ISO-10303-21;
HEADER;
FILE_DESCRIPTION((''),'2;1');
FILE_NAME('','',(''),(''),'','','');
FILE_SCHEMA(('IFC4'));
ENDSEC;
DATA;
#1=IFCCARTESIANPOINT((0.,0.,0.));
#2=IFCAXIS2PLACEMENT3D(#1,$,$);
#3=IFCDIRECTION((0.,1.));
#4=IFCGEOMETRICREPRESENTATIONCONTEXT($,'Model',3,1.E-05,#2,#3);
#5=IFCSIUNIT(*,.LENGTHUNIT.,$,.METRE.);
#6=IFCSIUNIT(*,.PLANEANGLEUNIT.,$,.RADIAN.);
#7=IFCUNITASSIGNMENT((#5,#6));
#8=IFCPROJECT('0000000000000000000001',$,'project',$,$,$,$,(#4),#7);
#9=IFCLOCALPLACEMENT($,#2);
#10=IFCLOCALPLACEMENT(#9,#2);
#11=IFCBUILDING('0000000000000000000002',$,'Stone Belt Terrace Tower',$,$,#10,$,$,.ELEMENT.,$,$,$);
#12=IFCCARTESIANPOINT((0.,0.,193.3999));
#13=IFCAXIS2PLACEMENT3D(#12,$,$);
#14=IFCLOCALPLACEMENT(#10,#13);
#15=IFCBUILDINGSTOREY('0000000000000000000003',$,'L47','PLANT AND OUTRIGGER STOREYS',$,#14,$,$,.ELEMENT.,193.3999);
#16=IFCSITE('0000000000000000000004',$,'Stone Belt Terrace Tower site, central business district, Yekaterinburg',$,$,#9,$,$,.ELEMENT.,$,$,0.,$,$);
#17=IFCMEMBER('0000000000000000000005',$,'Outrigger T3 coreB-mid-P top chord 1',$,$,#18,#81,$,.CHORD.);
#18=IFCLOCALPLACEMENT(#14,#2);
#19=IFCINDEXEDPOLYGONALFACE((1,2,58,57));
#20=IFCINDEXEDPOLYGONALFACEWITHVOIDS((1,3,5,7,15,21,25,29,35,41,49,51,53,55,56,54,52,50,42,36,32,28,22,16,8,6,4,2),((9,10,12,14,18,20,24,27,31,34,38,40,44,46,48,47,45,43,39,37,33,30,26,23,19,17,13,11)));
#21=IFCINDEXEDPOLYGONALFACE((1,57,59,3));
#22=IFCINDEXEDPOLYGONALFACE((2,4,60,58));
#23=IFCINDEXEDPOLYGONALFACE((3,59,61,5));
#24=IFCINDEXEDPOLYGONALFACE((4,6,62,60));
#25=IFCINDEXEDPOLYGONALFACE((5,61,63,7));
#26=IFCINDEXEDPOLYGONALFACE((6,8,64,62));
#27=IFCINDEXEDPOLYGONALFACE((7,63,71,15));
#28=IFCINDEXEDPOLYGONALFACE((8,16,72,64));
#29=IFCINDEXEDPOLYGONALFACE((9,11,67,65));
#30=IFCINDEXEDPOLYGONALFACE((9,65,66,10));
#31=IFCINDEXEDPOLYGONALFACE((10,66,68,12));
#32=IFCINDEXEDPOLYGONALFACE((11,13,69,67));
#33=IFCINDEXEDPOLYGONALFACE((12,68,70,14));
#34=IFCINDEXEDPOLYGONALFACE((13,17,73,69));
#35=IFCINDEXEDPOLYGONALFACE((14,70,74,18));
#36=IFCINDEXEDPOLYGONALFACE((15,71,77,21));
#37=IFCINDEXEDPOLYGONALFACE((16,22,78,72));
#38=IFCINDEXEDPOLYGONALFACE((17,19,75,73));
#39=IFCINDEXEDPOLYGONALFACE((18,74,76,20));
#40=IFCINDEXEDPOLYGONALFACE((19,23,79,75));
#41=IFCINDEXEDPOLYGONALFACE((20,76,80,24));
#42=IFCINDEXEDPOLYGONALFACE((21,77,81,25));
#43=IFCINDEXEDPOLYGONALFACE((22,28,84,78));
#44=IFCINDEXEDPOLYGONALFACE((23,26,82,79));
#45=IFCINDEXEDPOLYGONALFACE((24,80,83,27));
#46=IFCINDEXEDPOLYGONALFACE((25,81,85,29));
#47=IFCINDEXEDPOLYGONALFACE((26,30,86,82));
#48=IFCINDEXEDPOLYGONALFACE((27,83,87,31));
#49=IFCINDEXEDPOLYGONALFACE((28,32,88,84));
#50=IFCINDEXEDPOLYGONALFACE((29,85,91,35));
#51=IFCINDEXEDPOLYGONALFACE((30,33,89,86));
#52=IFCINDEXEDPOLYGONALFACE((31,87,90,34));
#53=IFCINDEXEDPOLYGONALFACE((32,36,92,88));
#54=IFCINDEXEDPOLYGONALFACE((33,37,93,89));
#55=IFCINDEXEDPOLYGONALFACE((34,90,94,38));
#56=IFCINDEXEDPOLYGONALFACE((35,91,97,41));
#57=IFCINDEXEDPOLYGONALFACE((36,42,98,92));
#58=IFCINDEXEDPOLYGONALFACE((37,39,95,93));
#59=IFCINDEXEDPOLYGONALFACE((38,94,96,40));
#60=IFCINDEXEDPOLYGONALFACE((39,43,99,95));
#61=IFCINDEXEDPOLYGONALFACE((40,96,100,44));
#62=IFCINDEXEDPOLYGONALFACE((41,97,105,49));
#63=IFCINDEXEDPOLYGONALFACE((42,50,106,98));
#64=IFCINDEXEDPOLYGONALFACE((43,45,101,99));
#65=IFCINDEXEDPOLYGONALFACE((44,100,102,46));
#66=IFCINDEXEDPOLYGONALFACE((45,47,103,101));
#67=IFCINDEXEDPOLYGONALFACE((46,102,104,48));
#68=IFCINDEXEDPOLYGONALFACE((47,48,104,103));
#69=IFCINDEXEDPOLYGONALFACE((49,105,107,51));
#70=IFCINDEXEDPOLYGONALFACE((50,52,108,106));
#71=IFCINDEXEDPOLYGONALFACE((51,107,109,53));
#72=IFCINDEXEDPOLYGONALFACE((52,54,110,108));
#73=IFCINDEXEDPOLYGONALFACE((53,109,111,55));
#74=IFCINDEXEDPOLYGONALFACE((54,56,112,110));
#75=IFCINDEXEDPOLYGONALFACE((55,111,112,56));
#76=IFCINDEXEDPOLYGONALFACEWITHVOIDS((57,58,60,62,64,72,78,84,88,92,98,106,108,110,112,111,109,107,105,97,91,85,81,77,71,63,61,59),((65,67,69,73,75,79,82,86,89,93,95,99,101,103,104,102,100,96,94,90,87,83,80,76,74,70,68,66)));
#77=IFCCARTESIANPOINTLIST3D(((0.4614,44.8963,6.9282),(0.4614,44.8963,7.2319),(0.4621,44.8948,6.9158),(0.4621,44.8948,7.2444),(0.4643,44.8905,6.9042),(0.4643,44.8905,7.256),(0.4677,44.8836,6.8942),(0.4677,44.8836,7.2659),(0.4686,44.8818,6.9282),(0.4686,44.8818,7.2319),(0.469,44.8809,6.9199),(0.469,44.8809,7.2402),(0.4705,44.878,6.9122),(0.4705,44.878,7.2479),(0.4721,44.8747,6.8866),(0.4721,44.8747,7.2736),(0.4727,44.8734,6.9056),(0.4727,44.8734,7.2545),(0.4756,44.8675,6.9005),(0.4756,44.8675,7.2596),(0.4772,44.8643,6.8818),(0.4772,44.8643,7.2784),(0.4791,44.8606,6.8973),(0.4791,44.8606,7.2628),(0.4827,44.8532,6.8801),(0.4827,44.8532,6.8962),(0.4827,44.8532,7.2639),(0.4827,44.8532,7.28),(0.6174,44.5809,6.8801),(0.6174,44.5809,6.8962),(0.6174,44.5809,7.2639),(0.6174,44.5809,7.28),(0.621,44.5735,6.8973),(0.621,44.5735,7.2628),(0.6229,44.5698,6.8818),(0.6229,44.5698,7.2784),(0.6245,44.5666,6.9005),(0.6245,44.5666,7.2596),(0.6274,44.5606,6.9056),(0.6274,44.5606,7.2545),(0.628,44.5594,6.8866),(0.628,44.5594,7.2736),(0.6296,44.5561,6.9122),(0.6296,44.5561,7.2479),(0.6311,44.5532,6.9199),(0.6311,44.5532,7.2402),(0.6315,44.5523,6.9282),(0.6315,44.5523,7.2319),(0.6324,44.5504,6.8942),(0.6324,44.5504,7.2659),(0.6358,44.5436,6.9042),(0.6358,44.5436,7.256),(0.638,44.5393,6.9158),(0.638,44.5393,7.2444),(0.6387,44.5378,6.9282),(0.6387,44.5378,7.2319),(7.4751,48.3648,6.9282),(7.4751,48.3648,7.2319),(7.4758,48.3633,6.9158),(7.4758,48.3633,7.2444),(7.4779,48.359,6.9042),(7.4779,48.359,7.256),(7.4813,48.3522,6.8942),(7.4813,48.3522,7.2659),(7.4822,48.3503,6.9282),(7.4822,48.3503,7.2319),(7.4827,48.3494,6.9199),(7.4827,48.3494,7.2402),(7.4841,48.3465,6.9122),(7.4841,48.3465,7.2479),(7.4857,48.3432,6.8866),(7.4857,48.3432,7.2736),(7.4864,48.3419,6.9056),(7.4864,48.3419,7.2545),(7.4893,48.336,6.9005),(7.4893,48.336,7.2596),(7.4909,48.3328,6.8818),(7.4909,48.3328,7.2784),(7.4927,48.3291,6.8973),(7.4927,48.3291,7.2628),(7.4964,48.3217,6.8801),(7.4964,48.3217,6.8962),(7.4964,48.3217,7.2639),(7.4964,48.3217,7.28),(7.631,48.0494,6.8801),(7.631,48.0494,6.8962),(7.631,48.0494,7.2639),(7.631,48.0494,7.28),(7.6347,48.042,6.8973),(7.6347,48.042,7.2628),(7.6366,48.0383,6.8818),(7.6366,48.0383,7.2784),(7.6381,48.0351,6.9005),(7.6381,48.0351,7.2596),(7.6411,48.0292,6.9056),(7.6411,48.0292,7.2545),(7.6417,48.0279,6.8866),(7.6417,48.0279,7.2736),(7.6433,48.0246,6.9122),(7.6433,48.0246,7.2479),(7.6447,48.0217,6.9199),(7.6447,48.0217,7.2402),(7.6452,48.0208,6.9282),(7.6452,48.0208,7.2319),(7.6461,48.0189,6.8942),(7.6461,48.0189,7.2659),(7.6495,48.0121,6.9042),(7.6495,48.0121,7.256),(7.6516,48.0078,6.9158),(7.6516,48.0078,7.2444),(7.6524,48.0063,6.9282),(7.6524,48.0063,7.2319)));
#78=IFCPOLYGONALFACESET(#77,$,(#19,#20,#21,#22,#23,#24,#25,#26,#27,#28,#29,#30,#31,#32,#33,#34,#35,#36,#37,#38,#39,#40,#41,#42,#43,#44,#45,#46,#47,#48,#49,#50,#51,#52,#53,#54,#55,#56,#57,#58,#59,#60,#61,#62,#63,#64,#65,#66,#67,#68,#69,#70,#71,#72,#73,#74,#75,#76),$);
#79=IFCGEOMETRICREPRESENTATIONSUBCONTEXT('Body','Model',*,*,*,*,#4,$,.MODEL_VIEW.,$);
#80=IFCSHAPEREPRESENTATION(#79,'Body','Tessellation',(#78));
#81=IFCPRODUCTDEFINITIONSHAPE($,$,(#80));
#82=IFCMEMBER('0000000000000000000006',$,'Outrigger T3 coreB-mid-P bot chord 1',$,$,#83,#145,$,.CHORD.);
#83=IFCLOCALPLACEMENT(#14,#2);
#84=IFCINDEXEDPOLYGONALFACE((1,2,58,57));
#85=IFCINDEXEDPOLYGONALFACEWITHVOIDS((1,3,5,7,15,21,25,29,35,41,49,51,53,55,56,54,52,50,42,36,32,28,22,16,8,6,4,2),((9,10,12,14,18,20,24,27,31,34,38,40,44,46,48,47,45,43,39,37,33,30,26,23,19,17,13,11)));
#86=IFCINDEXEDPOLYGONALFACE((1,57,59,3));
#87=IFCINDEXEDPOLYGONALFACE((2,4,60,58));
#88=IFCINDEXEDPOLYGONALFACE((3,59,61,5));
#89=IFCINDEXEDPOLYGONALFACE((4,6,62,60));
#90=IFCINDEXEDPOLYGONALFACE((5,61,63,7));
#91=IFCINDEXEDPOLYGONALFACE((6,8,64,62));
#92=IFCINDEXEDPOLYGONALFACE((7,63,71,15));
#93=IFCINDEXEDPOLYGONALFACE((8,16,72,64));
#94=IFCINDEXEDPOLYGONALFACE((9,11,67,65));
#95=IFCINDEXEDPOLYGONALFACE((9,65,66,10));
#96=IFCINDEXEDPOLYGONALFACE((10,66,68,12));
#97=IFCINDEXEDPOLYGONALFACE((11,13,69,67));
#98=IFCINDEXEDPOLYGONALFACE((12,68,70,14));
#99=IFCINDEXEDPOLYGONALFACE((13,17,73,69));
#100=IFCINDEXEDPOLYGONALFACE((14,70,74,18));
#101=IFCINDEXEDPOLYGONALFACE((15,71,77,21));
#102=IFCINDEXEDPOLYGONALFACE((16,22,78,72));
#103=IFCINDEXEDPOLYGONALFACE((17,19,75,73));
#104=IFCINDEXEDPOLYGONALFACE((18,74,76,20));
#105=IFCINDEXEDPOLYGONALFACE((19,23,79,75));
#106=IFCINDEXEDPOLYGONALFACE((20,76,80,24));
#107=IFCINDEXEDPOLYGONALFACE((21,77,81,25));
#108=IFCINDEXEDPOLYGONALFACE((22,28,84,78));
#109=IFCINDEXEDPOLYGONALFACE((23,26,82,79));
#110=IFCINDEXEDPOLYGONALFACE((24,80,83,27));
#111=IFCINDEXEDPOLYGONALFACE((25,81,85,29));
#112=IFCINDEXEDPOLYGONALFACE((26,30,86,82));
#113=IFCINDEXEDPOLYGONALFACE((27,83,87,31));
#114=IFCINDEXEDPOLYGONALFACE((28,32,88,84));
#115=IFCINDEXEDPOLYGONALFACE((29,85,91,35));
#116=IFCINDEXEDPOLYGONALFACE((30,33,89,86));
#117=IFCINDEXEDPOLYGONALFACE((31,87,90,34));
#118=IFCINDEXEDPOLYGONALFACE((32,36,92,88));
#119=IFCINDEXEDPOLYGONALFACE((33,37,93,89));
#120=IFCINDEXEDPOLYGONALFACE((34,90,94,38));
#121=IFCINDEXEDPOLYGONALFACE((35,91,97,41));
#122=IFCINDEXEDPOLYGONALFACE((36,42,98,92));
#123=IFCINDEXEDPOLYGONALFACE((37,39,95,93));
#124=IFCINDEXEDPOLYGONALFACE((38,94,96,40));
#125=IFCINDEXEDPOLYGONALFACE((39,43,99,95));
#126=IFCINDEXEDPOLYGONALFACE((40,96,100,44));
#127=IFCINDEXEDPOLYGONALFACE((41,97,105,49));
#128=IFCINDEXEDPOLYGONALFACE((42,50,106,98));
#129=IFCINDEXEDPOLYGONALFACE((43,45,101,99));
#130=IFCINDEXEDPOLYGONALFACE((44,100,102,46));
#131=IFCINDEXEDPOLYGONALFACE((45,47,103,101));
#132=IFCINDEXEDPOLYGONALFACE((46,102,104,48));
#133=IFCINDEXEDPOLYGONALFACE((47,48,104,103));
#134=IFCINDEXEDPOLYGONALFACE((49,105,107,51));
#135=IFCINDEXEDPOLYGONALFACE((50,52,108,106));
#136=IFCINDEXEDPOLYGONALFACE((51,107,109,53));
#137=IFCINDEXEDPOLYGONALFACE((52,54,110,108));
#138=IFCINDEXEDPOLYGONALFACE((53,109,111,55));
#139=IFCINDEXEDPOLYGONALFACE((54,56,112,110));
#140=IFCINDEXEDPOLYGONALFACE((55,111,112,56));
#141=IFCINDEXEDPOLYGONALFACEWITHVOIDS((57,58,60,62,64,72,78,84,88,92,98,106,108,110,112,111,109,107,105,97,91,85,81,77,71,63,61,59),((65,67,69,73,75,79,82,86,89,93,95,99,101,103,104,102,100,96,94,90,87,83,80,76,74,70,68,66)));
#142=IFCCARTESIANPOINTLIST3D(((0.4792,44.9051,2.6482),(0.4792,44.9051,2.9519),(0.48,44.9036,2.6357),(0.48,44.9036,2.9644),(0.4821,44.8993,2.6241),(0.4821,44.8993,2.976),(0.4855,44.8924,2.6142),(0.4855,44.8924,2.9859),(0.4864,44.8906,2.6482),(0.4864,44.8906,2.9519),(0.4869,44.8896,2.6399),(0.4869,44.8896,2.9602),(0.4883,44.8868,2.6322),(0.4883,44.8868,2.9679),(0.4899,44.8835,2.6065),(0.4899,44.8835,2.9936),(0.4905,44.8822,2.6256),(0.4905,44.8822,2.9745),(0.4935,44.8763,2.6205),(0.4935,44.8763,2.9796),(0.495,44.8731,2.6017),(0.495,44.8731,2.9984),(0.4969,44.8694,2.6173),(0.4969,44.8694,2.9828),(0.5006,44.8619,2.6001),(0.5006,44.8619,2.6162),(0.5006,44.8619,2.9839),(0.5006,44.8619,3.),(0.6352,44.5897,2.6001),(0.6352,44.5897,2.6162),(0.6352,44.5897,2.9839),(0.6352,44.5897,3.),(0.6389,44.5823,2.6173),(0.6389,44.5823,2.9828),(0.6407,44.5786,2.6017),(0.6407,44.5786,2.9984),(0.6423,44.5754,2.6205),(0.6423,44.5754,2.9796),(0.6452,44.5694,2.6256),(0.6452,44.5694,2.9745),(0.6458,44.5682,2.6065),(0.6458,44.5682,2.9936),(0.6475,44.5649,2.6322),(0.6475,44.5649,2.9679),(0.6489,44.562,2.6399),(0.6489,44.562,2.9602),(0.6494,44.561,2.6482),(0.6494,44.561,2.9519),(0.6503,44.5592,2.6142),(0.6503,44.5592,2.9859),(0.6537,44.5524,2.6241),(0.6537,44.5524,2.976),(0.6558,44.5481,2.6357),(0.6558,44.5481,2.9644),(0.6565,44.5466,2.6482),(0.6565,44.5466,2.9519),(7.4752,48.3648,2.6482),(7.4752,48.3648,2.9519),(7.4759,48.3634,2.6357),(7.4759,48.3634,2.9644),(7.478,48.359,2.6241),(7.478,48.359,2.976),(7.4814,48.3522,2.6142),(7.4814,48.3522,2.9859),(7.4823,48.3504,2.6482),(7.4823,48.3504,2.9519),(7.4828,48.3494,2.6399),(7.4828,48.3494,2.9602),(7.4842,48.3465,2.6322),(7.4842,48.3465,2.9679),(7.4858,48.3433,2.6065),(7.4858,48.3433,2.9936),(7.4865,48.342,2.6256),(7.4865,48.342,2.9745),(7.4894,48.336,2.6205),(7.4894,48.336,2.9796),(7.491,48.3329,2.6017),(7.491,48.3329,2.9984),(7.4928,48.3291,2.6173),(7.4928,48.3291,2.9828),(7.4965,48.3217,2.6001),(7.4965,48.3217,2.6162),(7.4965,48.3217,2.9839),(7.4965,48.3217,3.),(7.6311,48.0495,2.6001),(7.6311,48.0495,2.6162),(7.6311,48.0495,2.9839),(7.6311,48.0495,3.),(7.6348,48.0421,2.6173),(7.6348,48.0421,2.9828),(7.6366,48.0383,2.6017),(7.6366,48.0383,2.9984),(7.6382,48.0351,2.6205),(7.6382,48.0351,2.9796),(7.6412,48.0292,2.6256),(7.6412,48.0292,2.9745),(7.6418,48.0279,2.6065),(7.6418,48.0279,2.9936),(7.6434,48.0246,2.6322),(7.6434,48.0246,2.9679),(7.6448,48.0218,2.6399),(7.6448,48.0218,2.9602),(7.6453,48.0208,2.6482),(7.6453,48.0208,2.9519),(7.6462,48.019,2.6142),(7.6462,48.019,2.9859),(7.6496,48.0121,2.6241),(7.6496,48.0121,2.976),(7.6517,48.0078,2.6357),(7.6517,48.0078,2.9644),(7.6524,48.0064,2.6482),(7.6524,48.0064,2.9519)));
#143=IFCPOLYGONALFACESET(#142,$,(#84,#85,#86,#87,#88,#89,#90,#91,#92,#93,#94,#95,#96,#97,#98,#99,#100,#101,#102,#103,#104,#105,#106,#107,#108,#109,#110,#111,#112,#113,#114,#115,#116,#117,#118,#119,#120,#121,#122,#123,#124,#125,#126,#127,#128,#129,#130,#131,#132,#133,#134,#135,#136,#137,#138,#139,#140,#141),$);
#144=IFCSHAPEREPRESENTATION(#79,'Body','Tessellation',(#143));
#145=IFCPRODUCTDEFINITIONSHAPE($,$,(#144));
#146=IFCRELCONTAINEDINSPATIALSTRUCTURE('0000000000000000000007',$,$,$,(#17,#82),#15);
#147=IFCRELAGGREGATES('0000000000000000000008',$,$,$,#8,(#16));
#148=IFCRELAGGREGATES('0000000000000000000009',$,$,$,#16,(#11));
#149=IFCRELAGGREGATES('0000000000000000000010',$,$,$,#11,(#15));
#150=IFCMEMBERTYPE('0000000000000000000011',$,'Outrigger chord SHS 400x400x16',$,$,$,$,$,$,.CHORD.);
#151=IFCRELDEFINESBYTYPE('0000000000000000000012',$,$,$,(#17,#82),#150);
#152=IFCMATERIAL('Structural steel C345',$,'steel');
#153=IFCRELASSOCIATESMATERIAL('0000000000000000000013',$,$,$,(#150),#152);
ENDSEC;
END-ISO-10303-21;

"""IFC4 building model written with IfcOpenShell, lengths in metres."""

from ifc_helpers import new_model, si_unit, direction, frame, origin, origin_2d, place, context, subcontext, project, spatial, hollow_rectangle, extrude, material, material_profile, profile_set, type_object, element, save


model = new_model("IFC4")

# Units and contexts
model_context = context("Model", 3, precision=1e-05, world=origin(), true_north=direction((0.0, 1.0)))
body_context = subcontext(model_context, "Body", "Model", "MODEL_VIEW")
ifc_project = project(units=[si_unit("LENGTHUNIT", "METRE"), si_unit("PLANEANGLEUNIT", "RADIAN")], contexts=[model_context])

# Site, building, storey
site_placement = place(None, origin())
site = spatial("IfcSite", under=ifc_project, at=site_placement, Name="Stone Belt Terrace Tower site, central business district, Yekaterinburg", CompositionType="ELEMENT", RefElevation=0.0)
building_placement = place(site_placement, origin())
building = spatial("IfcBuilding", under=site, at=building_placement, Name="Stone Belt Terrace Tower", CompositionType="ELEMENT")
storey_placement = place(building_placement, frame((0.0, 0.0, 193.3999)))
storey = spatial("IfcBuildingStorey", under=building, at=storey_placement, Name="L47", Description="PLANT AND OUTRIGGER STOREYS", CompositionType="ELEMENT", Elevation=193.3999)

# Shared definitions
ifc_material_1 = material(Name="Structural steel C345", Category="steel")

# Members
ifc_material_profile_1 = material_profile(ifc_material_1, hollow_rectangle(XDim=0.3999, YDim=0.3999, WallThickness=0.0161, InnerFilletRadius=0.032, OuterFilletRadius=0.0481, at=origin_2d()), Name="SHS 400x400x16")
ifc_profile_set_1 = profile_set([ifc_material_profile_1], Name="Structural steel C345")
member_type_1 = type_object("IfcMemberType", Name="Outrigger chord SHS 400x400x16", PredefinedType="CHORD", material=ifc_profile_set_1)
member_1_placement = place(storey_placement, frame((0.55, 44.717, 7.0801), z_axis=(0.896378, 0.44329, 0.0), x_axis=(-0.44329, 0.896378, 0.0)))
element("IfcMember", 1, at=member_1_placement, inside=storey, type_object=member_type_1, Name="Outrigger T3 coreB-mid-P top chord 1", PredefinedType="CHORD", context=body_context, shape_type="SweptSolid", body=[
    extrude(hollow_rectangle(XDim=0.3999, YDim=0.3999, WallThickness=0.0161, InnerFilletRadius=0.032, OuterFilletRadius=0.0481, at=origin_2d()), origin(), (0.0, 0.0, 1.0), 7.8245),
])
member_2_placement = place(storey_placement, frame((0.5679, 44.7258, 2.8), z_axis=(0.896377, 0.443293, 0.0), x_axis=(-0.443293, 0.896377, 0.0)))
element("IfcMember", 2, at=member_2_placement, inside=storey, type_object=member_type_1, Name="Outrigger T3 coreB-mid-P bot chord 1", PredefinedType="CHORD", context=body_context, shape_type="SweptSolid", body=[
    extrude(hollow_rectangle(XDim=0.3999, YDim=0.3999, WallThickness=0.0161, InnerFilletRadius=0.032, OuterFilletRadius=0.0481, at=origin_2d()), origin(), (0.0, 0.0, 1.0), 7.8047),
])

save(model, "model.ifc")
